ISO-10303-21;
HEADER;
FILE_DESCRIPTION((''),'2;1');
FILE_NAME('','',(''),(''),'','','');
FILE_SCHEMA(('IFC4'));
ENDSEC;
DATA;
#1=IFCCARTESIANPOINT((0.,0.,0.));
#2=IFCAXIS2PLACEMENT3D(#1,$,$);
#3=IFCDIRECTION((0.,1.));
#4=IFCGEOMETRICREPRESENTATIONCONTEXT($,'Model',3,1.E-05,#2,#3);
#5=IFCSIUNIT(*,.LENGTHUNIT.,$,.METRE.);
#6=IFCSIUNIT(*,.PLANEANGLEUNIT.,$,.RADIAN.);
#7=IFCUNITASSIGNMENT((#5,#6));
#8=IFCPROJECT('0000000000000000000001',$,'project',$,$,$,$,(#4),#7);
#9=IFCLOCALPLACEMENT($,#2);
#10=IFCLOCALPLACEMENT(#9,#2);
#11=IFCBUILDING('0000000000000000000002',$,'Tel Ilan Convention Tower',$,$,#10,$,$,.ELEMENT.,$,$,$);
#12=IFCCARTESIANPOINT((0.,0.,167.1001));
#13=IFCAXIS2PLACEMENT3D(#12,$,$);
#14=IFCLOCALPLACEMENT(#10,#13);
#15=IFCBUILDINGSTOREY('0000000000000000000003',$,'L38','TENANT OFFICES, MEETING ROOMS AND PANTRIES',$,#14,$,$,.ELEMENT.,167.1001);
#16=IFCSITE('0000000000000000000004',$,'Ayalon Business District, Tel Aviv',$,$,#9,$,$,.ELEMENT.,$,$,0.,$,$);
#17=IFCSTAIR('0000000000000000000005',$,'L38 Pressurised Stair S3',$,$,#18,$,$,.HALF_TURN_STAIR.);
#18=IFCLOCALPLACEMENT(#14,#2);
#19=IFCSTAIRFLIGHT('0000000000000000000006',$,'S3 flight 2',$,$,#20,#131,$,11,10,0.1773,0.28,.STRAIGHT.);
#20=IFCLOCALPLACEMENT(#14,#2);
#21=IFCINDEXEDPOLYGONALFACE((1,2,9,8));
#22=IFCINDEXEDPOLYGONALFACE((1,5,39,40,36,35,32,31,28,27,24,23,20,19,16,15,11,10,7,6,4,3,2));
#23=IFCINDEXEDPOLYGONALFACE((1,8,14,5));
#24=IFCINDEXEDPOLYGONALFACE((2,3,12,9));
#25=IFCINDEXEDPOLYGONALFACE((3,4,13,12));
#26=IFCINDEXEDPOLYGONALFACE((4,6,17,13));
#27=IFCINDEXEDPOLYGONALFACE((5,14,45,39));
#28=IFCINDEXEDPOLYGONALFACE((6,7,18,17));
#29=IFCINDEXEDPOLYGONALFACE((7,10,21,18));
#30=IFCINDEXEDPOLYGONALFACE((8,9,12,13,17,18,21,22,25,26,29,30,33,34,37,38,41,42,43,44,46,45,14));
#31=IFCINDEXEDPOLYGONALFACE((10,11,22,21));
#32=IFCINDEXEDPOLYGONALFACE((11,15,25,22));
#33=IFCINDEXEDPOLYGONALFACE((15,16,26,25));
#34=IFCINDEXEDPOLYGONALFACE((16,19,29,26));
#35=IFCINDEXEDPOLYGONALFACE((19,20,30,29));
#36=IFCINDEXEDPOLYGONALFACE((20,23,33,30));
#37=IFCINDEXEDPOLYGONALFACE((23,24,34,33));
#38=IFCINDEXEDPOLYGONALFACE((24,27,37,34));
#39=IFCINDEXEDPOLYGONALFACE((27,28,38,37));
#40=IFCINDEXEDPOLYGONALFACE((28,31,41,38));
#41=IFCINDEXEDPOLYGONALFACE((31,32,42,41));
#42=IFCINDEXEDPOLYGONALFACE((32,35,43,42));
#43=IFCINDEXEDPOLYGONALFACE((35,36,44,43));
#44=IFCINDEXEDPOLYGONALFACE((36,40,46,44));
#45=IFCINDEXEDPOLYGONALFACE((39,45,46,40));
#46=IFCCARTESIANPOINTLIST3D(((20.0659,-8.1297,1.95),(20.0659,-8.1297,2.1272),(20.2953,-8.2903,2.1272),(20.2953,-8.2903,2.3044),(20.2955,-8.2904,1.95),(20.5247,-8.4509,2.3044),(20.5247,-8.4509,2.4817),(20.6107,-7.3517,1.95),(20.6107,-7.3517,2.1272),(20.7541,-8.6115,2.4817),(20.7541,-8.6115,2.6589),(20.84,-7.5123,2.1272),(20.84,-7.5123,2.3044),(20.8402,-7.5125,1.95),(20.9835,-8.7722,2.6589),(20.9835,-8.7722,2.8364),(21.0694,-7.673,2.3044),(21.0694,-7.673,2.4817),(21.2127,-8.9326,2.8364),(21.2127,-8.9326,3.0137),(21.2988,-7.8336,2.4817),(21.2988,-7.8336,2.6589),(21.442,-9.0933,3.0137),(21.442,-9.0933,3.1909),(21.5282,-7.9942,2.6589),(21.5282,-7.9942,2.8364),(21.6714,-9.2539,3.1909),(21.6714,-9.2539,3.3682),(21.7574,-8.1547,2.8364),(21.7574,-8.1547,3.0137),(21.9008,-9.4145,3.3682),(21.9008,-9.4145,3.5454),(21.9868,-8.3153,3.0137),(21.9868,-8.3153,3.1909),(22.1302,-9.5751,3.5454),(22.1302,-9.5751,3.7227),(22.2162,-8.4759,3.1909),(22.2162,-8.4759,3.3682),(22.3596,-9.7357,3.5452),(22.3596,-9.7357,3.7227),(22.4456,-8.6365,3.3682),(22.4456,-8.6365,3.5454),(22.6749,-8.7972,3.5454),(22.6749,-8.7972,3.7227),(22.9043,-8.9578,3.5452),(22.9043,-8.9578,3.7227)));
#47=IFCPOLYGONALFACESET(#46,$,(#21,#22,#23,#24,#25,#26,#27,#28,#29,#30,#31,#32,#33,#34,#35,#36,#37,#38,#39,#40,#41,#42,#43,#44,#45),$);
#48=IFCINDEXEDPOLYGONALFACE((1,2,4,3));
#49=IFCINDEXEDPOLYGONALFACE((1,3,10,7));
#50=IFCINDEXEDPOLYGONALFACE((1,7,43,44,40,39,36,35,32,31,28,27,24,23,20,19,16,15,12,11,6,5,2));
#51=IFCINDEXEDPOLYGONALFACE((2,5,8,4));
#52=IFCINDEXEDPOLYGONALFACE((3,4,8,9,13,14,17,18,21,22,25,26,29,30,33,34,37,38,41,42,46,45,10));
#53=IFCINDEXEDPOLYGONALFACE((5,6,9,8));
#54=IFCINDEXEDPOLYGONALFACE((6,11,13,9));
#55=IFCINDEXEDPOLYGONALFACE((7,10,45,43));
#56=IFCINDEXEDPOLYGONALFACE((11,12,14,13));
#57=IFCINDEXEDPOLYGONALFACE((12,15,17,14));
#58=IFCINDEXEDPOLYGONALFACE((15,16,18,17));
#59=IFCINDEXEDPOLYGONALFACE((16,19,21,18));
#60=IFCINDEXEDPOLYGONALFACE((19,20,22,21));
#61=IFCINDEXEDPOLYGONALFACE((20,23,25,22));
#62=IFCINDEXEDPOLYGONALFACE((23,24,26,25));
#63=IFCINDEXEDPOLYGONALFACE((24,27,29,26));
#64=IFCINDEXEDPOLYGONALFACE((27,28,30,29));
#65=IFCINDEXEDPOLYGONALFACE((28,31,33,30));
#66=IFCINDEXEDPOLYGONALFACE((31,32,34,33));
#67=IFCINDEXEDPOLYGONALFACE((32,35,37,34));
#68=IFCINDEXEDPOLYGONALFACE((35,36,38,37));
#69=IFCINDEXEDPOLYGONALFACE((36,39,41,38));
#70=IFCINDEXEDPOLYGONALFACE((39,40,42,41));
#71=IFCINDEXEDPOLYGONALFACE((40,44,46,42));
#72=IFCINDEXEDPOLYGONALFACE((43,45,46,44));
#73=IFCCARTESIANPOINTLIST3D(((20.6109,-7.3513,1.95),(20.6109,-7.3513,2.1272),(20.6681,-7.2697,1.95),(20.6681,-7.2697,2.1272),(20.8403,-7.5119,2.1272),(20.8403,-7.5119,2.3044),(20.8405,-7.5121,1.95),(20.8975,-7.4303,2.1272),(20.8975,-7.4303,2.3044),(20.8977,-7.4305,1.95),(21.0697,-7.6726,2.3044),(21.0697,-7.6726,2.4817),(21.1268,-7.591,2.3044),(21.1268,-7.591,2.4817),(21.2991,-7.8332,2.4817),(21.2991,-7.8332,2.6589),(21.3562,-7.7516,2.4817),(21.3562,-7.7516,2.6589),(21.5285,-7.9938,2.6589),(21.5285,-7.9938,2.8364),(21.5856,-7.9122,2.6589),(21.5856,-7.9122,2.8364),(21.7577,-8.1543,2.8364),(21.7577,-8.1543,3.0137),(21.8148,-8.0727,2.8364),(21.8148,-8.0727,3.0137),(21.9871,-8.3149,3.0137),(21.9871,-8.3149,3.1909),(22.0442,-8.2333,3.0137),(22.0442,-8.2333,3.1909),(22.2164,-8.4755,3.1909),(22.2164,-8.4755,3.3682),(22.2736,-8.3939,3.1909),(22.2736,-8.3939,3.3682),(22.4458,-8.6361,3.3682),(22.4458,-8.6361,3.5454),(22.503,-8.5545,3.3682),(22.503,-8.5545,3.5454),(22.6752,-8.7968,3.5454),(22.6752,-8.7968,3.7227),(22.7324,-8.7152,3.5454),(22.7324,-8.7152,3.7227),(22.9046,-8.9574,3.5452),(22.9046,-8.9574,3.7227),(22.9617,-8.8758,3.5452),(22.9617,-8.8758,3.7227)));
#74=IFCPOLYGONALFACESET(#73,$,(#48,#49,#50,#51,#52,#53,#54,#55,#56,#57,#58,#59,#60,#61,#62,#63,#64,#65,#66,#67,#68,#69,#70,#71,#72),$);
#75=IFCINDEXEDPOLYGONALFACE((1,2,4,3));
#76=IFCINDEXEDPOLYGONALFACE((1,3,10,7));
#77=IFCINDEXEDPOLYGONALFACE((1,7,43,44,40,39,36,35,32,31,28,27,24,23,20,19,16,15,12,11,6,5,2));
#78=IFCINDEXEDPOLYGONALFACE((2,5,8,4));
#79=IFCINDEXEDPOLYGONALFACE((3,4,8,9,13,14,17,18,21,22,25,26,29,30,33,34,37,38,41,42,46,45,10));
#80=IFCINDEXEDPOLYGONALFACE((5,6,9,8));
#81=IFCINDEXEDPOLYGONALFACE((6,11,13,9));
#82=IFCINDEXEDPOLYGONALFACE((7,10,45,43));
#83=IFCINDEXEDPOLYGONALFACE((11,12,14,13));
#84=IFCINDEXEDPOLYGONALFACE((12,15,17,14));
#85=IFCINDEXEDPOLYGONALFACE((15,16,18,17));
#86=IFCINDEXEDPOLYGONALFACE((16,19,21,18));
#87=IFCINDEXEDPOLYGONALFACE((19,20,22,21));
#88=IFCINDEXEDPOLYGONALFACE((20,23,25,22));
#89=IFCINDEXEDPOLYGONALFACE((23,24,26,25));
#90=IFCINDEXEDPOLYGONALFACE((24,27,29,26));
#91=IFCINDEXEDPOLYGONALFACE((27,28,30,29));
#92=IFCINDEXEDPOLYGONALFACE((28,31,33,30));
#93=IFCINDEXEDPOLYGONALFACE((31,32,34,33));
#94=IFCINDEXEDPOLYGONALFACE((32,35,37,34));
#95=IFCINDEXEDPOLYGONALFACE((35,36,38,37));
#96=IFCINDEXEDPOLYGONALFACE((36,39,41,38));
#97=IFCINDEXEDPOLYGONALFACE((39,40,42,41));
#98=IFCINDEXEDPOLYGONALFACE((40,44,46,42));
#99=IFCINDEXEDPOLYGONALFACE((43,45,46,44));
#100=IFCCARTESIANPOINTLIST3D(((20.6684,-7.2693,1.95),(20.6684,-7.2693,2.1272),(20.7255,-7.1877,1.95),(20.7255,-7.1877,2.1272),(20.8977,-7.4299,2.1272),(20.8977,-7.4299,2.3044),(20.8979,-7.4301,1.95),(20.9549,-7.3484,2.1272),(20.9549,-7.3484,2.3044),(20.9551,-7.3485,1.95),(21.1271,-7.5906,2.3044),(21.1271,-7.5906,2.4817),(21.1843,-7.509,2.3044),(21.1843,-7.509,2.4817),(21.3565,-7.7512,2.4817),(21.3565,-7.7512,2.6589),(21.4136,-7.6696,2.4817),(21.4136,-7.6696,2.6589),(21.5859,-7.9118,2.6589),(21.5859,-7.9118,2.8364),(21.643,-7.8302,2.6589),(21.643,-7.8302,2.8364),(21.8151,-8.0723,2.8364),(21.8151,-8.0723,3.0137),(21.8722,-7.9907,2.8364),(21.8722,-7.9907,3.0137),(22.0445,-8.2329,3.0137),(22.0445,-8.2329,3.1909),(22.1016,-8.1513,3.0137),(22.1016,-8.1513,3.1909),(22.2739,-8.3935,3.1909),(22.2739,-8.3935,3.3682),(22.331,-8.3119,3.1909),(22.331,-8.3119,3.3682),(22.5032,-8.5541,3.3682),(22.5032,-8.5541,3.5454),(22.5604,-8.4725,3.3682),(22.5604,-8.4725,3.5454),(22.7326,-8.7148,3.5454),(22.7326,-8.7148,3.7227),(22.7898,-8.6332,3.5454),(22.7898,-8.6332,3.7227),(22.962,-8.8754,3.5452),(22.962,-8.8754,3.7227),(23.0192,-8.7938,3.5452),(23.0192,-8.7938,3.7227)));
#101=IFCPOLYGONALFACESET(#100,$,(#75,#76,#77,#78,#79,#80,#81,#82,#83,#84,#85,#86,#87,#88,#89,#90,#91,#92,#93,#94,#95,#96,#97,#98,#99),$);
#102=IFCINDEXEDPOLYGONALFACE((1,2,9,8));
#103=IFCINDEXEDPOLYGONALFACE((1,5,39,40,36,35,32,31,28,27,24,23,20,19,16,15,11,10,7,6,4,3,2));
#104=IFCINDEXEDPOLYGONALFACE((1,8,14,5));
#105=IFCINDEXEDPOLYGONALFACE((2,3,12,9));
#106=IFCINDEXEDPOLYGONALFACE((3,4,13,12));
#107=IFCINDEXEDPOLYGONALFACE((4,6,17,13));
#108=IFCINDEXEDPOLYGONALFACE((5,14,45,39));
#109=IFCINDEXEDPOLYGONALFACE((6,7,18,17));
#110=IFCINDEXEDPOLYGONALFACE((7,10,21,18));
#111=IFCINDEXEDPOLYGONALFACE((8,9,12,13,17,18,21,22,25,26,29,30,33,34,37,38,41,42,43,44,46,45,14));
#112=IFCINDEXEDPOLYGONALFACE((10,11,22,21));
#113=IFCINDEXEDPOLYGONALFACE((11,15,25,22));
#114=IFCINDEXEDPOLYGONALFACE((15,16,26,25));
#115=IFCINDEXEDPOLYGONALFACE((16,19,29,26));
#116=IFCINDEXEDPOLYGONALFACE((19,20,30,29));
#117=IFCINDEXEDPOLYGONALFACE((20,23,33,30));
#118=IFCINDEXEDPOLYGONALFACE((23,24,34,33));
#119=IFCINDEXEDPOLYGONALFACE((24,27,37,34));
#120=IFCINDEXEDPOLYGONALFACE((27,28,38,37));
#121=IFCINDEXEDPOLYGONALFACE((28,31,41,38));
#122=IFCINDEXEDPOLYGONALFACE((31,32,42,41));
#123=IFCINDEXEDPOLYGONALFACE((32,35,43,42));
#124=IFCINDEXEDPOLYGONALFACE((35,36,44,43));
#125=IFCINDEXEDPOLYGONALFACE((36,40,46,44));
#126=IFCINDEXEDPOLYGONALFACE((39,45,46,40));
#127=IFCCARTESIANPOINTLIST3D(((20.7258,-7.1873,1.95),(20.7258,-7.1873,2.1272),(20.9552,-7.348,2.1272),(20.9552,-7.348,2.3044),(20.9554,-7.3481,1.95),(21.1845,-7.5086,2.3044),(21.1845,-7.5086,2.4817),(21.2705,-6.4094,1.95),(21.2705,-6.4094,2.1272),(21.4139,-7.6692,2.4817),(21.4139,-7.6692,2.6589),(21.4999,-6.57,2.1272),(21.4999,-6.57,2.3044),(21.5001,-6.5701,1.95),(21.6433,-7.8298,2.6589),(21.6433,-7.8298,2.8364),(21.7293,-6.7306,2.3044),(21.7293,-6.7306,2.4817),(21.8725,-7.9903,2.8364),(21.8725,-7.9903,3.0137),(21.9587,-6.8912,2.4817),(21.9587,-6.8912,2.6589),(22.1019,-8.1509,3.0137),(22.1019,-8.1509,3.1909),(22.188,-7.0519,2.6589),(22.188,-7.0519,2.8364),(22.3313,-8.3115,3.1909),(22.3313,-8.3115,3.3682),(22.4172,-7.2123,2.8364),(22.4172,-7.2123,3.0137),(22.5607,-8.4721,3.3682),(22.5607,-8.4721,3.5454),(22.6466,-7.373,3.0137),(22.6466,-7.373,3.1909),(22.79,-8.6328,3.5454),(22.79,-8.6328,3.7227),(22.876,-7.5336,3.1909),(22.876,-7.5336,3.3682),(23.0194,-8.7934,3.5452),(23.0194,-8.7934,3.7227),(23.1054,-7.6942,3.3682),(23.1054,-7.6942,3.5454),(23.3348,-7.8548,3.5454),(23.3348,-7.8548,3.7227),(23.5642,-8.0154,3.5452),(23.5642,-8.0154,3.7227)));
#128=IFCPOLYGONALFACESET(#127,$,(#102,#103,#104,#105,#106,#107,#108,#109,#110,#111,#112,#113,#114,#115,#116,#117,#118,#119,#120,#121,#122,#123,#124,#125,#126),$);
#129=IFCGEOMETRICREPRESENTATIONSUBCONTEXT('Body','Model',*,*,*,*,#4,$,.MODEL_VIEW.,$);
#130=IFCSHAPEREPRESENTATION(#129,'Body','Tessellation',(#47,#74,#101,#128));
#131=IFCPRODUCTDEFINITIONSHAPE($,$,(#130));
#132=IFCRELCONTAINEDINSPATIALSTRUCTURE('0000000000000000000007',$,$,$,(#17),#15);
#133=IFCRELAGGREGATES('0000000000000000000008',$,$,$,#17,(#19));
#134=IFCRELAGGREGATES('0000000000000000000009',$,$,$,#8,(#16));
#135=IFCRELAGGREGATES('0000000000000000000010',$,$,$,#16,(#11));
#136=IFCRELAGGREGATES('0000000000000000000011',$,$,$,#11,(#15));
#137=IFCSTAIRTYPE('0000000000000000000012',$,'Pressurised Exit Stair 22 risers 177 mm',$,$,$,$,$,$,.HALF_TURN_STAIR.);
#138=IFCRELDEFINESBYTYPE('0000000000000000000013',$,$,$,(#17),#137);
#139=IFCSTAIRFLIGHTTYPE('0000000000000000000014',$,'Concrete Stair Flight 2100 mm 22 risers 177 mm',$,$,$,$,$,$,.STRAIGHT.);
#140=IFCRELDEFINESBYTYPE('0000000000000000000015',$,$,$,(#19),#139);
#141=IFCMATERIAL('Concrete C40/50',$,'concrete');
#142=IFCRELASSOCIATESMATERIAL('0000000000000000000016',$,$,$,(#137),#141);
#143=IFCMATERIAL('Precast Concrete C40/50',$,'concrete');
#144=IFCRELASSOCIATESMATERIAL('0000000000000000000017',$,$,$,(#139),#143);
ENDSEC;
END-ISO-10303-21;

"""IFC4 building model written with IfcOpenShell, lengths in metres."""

from ifc_helpers import new_model, si_unit, direction, frame, origin, place, context, subcontext, project, spatial, polyline, outline, extrude, material, type_object, element, aggregate, save


model = new_model("IFC4")

# Units and contexts
model_context = context("Model", 3, precision=1e-05, world=origin(), true_north=direction((0.0, 1.0)))
body_context = subcontext(model_context, "Body", "Model", "MODEL_VIEW")
ifc_project = project(units=[si_unit("LENGTHUNIT", "METRE"), si_unit("PLANEANGLEUNIT", "RADIAN")], contexts=[model_context])

# Site, building, storey
site_placement = place(None, origin())
site = spatial("IfcSite", under=ifc_project, at=site_placement, Name="Ayalon Business District, Tel Aviv", CompositionType="ELEMENT", RefElevation=0.0)
building_placement = place(site_placement, origin())
building = spatial("IfcBuilding", under=site, at=building_placement, Name="Tel Ilan Convention Tower", CompositionType="ELEMENT")
storey_placement = place(building_placement, frame((0.0, 0.0, 167.1001)))
storey = spatial("IfcBuildingStorey", under=building, at=storey_placement, Name="L38", Description="TENANT OFFICES, MEETING ROOMS AND PANTRIES", CompositionType="ELEMENT", Elevation=167.1001)

# Stair, stair flight
ifc_material_1 = material(Name="Concrete C40/50", Category="concrete")
stair_type = type_object("IfcStairType", Name="Pressurised Exit Stair 22 risers 177 mm", PredefinedType="HALF_TURN_STAIR", material=ifc_material_1)
stair_1_placement = place(storey_placement, origin())
stair_1 = element("IfcStair", 1, at=stair_1_placement, inside=storey, type_object=stair_type, Name="L38 Pressurised Stair S3", PredefinedType="HALF_TURN_STAIR")
ifc_material_2 = material(Name="Precast Concrete C40/50", Category="concrete")
stair_flight_type = type_object("IfcStairFlightType", Name="Concrete Stair Flight 2100 mm 22 risers 177 mm", PredefinedType="STRAIGHT", material=ifc_material_2)
stair_flight_1_placement = place(storey_placement, frame((20.6682, -7.2695, 1.95), z_axis=(0.0, 0.0, 1.0), x_axis=(0.819152, -0.573576, 0.0)))
stair_flight_1 = element("IfcStairFlight", 2, at=stair_flight_1_placement, type_object=stair_flight_type, Name="S3 flight 2", NumberOfRisers=11, NumberOfTreads=10, PredefinedType="STRAIGHT", RiserHeight=0.1773, TreadLength=0.28, context=body_context, shape_type="SweptSolid", body=[
    extrude(outline(polyline([(0.0, 0.0), (0.0, 0.1772), (0.28, 0.1772), (0.28, 0.3545), (0.5601, 0.3545), (0.5601, 0.5317), (0.8401, 0.5317), (0.8401, 0.709), (1.1201, 0.709), (1.1201, 0.8865), (1.3999, 0.8865), (1.3999, 1.0637), (1.6799, 1.0637), (1.6799, 1.241), (1.96, 1.241), (1.96, 1.4182), (2.24, 1.4182), (2.24, 1.5955), (2.52, 1.5955), (2.52, 1.7727), (2.8, 1.7727), (2.8, 1.95), (2.8, 1.5952), (0.2803, 0.0), (0.0, 0.0)])), frame((0.0, -0.1003, 0.0), z_axis=(0.0, -1.0, 0.0), x_axis=(1.0, 0.0, 0.0)), (0.0, 0.0, 1.0), 0.9497),
    extrude(outline(polyline([(0.0, 0.0), (0.0, 0.1772), (0.28, 0.1772), (0.28, 0.3545), (0.5601, 0.3545), (0.5601, 0.5317), (0.8401, 0.5317), (0.8401, 0.709), (1.1201, 0.709), (1.1201, 0.8865), (1.3999, 0.8865), (1.3999, 1.0637), (1.6799, 1.0637), (1.6799, 1.241), (1.96, 1.241), (1.96, 1.4182), (2.24, 1.4182), (2.24, 1.5955), (2.52, 1.5955), (2.52, 1.7727), (2.8, 1.7727), (2.8, 1.95), (2.8, 1.5952), (0.2803, 0.0), (0.0, 0.0)])), frame((0.0, -0.0002, 0.0), z_axis=(0.0, -1.0, 0.0), x_axis=(1.0, 0.0, 0.0)), (0.0, 0.0, 1.0), 0.0996),
    extrude(outline(polyline([(0.0, 0.0), (0.0, 0.1772), (0.28, 0.1772), (0.28, 0.3545), (0.5601, 0.3545), (0.5601, 0.5317), (0.8401, 0.5317), (0.8401, 0.709), (1.1201, 0.709), (1.1201, 0.8865), (1.3999, 0.8865), (1.3999, 1.0637), (1.6799, 1.0637), (1.6799, 1.241), (1.96, 1.241), (1.96, 1.4182), (2.24, 1.4182), (2.24, 1.5955), (2.52, 1.5955), (2.52, 1.7727), (2.8, 1.7727), (2.8, 1.95), (2.8, 1.5952), (0.2803, 0.0), (0.0, 0.0)])), frame((0.0, 0.0999, 0.0), z_axis=(0.0, -1.0, 0.0), x_axis=(1.0, 0.0, 0.0)), (0.0, 0.0, 1.0), 0.0996),
    extrude(outline(polyline([(0.0, 0.0), (0.0, 0.1772), (0.28, 0.1772), (0.28, 0.3545), (0.5601, 0.3545), (0.5601, 0.5317), (0.8401, 0.5317), (0.8401, 0.709), (1.1201, 0.709), (1.1201, 0.8865), (1.3999, 0.8865), (1.3999, 1.0637), (1.6799, 1.0637), (1.6799, 1.241), (1.96, 1.241), (1.96, 1.4182), (2.24, 1.4182), (2.24, 1.5955), (2.52, 1.5955), (2.52, 1.7727), (2.8, 1.7727), (2.8, 1.95), (2.8, 1.5952), (0.2803, 0.0), (0.0, 0.0)])), frame((0.0, 1.05, 0.0), z_axis=(0.0, -1.0, 0.0), x_axis=(1.0, 0.0, 0.0)), (0.0, 0.0, 1.0), 0.9497),
])
aggregate(stair_1, [stair_flight_1])

save(model, "model.ifc")
